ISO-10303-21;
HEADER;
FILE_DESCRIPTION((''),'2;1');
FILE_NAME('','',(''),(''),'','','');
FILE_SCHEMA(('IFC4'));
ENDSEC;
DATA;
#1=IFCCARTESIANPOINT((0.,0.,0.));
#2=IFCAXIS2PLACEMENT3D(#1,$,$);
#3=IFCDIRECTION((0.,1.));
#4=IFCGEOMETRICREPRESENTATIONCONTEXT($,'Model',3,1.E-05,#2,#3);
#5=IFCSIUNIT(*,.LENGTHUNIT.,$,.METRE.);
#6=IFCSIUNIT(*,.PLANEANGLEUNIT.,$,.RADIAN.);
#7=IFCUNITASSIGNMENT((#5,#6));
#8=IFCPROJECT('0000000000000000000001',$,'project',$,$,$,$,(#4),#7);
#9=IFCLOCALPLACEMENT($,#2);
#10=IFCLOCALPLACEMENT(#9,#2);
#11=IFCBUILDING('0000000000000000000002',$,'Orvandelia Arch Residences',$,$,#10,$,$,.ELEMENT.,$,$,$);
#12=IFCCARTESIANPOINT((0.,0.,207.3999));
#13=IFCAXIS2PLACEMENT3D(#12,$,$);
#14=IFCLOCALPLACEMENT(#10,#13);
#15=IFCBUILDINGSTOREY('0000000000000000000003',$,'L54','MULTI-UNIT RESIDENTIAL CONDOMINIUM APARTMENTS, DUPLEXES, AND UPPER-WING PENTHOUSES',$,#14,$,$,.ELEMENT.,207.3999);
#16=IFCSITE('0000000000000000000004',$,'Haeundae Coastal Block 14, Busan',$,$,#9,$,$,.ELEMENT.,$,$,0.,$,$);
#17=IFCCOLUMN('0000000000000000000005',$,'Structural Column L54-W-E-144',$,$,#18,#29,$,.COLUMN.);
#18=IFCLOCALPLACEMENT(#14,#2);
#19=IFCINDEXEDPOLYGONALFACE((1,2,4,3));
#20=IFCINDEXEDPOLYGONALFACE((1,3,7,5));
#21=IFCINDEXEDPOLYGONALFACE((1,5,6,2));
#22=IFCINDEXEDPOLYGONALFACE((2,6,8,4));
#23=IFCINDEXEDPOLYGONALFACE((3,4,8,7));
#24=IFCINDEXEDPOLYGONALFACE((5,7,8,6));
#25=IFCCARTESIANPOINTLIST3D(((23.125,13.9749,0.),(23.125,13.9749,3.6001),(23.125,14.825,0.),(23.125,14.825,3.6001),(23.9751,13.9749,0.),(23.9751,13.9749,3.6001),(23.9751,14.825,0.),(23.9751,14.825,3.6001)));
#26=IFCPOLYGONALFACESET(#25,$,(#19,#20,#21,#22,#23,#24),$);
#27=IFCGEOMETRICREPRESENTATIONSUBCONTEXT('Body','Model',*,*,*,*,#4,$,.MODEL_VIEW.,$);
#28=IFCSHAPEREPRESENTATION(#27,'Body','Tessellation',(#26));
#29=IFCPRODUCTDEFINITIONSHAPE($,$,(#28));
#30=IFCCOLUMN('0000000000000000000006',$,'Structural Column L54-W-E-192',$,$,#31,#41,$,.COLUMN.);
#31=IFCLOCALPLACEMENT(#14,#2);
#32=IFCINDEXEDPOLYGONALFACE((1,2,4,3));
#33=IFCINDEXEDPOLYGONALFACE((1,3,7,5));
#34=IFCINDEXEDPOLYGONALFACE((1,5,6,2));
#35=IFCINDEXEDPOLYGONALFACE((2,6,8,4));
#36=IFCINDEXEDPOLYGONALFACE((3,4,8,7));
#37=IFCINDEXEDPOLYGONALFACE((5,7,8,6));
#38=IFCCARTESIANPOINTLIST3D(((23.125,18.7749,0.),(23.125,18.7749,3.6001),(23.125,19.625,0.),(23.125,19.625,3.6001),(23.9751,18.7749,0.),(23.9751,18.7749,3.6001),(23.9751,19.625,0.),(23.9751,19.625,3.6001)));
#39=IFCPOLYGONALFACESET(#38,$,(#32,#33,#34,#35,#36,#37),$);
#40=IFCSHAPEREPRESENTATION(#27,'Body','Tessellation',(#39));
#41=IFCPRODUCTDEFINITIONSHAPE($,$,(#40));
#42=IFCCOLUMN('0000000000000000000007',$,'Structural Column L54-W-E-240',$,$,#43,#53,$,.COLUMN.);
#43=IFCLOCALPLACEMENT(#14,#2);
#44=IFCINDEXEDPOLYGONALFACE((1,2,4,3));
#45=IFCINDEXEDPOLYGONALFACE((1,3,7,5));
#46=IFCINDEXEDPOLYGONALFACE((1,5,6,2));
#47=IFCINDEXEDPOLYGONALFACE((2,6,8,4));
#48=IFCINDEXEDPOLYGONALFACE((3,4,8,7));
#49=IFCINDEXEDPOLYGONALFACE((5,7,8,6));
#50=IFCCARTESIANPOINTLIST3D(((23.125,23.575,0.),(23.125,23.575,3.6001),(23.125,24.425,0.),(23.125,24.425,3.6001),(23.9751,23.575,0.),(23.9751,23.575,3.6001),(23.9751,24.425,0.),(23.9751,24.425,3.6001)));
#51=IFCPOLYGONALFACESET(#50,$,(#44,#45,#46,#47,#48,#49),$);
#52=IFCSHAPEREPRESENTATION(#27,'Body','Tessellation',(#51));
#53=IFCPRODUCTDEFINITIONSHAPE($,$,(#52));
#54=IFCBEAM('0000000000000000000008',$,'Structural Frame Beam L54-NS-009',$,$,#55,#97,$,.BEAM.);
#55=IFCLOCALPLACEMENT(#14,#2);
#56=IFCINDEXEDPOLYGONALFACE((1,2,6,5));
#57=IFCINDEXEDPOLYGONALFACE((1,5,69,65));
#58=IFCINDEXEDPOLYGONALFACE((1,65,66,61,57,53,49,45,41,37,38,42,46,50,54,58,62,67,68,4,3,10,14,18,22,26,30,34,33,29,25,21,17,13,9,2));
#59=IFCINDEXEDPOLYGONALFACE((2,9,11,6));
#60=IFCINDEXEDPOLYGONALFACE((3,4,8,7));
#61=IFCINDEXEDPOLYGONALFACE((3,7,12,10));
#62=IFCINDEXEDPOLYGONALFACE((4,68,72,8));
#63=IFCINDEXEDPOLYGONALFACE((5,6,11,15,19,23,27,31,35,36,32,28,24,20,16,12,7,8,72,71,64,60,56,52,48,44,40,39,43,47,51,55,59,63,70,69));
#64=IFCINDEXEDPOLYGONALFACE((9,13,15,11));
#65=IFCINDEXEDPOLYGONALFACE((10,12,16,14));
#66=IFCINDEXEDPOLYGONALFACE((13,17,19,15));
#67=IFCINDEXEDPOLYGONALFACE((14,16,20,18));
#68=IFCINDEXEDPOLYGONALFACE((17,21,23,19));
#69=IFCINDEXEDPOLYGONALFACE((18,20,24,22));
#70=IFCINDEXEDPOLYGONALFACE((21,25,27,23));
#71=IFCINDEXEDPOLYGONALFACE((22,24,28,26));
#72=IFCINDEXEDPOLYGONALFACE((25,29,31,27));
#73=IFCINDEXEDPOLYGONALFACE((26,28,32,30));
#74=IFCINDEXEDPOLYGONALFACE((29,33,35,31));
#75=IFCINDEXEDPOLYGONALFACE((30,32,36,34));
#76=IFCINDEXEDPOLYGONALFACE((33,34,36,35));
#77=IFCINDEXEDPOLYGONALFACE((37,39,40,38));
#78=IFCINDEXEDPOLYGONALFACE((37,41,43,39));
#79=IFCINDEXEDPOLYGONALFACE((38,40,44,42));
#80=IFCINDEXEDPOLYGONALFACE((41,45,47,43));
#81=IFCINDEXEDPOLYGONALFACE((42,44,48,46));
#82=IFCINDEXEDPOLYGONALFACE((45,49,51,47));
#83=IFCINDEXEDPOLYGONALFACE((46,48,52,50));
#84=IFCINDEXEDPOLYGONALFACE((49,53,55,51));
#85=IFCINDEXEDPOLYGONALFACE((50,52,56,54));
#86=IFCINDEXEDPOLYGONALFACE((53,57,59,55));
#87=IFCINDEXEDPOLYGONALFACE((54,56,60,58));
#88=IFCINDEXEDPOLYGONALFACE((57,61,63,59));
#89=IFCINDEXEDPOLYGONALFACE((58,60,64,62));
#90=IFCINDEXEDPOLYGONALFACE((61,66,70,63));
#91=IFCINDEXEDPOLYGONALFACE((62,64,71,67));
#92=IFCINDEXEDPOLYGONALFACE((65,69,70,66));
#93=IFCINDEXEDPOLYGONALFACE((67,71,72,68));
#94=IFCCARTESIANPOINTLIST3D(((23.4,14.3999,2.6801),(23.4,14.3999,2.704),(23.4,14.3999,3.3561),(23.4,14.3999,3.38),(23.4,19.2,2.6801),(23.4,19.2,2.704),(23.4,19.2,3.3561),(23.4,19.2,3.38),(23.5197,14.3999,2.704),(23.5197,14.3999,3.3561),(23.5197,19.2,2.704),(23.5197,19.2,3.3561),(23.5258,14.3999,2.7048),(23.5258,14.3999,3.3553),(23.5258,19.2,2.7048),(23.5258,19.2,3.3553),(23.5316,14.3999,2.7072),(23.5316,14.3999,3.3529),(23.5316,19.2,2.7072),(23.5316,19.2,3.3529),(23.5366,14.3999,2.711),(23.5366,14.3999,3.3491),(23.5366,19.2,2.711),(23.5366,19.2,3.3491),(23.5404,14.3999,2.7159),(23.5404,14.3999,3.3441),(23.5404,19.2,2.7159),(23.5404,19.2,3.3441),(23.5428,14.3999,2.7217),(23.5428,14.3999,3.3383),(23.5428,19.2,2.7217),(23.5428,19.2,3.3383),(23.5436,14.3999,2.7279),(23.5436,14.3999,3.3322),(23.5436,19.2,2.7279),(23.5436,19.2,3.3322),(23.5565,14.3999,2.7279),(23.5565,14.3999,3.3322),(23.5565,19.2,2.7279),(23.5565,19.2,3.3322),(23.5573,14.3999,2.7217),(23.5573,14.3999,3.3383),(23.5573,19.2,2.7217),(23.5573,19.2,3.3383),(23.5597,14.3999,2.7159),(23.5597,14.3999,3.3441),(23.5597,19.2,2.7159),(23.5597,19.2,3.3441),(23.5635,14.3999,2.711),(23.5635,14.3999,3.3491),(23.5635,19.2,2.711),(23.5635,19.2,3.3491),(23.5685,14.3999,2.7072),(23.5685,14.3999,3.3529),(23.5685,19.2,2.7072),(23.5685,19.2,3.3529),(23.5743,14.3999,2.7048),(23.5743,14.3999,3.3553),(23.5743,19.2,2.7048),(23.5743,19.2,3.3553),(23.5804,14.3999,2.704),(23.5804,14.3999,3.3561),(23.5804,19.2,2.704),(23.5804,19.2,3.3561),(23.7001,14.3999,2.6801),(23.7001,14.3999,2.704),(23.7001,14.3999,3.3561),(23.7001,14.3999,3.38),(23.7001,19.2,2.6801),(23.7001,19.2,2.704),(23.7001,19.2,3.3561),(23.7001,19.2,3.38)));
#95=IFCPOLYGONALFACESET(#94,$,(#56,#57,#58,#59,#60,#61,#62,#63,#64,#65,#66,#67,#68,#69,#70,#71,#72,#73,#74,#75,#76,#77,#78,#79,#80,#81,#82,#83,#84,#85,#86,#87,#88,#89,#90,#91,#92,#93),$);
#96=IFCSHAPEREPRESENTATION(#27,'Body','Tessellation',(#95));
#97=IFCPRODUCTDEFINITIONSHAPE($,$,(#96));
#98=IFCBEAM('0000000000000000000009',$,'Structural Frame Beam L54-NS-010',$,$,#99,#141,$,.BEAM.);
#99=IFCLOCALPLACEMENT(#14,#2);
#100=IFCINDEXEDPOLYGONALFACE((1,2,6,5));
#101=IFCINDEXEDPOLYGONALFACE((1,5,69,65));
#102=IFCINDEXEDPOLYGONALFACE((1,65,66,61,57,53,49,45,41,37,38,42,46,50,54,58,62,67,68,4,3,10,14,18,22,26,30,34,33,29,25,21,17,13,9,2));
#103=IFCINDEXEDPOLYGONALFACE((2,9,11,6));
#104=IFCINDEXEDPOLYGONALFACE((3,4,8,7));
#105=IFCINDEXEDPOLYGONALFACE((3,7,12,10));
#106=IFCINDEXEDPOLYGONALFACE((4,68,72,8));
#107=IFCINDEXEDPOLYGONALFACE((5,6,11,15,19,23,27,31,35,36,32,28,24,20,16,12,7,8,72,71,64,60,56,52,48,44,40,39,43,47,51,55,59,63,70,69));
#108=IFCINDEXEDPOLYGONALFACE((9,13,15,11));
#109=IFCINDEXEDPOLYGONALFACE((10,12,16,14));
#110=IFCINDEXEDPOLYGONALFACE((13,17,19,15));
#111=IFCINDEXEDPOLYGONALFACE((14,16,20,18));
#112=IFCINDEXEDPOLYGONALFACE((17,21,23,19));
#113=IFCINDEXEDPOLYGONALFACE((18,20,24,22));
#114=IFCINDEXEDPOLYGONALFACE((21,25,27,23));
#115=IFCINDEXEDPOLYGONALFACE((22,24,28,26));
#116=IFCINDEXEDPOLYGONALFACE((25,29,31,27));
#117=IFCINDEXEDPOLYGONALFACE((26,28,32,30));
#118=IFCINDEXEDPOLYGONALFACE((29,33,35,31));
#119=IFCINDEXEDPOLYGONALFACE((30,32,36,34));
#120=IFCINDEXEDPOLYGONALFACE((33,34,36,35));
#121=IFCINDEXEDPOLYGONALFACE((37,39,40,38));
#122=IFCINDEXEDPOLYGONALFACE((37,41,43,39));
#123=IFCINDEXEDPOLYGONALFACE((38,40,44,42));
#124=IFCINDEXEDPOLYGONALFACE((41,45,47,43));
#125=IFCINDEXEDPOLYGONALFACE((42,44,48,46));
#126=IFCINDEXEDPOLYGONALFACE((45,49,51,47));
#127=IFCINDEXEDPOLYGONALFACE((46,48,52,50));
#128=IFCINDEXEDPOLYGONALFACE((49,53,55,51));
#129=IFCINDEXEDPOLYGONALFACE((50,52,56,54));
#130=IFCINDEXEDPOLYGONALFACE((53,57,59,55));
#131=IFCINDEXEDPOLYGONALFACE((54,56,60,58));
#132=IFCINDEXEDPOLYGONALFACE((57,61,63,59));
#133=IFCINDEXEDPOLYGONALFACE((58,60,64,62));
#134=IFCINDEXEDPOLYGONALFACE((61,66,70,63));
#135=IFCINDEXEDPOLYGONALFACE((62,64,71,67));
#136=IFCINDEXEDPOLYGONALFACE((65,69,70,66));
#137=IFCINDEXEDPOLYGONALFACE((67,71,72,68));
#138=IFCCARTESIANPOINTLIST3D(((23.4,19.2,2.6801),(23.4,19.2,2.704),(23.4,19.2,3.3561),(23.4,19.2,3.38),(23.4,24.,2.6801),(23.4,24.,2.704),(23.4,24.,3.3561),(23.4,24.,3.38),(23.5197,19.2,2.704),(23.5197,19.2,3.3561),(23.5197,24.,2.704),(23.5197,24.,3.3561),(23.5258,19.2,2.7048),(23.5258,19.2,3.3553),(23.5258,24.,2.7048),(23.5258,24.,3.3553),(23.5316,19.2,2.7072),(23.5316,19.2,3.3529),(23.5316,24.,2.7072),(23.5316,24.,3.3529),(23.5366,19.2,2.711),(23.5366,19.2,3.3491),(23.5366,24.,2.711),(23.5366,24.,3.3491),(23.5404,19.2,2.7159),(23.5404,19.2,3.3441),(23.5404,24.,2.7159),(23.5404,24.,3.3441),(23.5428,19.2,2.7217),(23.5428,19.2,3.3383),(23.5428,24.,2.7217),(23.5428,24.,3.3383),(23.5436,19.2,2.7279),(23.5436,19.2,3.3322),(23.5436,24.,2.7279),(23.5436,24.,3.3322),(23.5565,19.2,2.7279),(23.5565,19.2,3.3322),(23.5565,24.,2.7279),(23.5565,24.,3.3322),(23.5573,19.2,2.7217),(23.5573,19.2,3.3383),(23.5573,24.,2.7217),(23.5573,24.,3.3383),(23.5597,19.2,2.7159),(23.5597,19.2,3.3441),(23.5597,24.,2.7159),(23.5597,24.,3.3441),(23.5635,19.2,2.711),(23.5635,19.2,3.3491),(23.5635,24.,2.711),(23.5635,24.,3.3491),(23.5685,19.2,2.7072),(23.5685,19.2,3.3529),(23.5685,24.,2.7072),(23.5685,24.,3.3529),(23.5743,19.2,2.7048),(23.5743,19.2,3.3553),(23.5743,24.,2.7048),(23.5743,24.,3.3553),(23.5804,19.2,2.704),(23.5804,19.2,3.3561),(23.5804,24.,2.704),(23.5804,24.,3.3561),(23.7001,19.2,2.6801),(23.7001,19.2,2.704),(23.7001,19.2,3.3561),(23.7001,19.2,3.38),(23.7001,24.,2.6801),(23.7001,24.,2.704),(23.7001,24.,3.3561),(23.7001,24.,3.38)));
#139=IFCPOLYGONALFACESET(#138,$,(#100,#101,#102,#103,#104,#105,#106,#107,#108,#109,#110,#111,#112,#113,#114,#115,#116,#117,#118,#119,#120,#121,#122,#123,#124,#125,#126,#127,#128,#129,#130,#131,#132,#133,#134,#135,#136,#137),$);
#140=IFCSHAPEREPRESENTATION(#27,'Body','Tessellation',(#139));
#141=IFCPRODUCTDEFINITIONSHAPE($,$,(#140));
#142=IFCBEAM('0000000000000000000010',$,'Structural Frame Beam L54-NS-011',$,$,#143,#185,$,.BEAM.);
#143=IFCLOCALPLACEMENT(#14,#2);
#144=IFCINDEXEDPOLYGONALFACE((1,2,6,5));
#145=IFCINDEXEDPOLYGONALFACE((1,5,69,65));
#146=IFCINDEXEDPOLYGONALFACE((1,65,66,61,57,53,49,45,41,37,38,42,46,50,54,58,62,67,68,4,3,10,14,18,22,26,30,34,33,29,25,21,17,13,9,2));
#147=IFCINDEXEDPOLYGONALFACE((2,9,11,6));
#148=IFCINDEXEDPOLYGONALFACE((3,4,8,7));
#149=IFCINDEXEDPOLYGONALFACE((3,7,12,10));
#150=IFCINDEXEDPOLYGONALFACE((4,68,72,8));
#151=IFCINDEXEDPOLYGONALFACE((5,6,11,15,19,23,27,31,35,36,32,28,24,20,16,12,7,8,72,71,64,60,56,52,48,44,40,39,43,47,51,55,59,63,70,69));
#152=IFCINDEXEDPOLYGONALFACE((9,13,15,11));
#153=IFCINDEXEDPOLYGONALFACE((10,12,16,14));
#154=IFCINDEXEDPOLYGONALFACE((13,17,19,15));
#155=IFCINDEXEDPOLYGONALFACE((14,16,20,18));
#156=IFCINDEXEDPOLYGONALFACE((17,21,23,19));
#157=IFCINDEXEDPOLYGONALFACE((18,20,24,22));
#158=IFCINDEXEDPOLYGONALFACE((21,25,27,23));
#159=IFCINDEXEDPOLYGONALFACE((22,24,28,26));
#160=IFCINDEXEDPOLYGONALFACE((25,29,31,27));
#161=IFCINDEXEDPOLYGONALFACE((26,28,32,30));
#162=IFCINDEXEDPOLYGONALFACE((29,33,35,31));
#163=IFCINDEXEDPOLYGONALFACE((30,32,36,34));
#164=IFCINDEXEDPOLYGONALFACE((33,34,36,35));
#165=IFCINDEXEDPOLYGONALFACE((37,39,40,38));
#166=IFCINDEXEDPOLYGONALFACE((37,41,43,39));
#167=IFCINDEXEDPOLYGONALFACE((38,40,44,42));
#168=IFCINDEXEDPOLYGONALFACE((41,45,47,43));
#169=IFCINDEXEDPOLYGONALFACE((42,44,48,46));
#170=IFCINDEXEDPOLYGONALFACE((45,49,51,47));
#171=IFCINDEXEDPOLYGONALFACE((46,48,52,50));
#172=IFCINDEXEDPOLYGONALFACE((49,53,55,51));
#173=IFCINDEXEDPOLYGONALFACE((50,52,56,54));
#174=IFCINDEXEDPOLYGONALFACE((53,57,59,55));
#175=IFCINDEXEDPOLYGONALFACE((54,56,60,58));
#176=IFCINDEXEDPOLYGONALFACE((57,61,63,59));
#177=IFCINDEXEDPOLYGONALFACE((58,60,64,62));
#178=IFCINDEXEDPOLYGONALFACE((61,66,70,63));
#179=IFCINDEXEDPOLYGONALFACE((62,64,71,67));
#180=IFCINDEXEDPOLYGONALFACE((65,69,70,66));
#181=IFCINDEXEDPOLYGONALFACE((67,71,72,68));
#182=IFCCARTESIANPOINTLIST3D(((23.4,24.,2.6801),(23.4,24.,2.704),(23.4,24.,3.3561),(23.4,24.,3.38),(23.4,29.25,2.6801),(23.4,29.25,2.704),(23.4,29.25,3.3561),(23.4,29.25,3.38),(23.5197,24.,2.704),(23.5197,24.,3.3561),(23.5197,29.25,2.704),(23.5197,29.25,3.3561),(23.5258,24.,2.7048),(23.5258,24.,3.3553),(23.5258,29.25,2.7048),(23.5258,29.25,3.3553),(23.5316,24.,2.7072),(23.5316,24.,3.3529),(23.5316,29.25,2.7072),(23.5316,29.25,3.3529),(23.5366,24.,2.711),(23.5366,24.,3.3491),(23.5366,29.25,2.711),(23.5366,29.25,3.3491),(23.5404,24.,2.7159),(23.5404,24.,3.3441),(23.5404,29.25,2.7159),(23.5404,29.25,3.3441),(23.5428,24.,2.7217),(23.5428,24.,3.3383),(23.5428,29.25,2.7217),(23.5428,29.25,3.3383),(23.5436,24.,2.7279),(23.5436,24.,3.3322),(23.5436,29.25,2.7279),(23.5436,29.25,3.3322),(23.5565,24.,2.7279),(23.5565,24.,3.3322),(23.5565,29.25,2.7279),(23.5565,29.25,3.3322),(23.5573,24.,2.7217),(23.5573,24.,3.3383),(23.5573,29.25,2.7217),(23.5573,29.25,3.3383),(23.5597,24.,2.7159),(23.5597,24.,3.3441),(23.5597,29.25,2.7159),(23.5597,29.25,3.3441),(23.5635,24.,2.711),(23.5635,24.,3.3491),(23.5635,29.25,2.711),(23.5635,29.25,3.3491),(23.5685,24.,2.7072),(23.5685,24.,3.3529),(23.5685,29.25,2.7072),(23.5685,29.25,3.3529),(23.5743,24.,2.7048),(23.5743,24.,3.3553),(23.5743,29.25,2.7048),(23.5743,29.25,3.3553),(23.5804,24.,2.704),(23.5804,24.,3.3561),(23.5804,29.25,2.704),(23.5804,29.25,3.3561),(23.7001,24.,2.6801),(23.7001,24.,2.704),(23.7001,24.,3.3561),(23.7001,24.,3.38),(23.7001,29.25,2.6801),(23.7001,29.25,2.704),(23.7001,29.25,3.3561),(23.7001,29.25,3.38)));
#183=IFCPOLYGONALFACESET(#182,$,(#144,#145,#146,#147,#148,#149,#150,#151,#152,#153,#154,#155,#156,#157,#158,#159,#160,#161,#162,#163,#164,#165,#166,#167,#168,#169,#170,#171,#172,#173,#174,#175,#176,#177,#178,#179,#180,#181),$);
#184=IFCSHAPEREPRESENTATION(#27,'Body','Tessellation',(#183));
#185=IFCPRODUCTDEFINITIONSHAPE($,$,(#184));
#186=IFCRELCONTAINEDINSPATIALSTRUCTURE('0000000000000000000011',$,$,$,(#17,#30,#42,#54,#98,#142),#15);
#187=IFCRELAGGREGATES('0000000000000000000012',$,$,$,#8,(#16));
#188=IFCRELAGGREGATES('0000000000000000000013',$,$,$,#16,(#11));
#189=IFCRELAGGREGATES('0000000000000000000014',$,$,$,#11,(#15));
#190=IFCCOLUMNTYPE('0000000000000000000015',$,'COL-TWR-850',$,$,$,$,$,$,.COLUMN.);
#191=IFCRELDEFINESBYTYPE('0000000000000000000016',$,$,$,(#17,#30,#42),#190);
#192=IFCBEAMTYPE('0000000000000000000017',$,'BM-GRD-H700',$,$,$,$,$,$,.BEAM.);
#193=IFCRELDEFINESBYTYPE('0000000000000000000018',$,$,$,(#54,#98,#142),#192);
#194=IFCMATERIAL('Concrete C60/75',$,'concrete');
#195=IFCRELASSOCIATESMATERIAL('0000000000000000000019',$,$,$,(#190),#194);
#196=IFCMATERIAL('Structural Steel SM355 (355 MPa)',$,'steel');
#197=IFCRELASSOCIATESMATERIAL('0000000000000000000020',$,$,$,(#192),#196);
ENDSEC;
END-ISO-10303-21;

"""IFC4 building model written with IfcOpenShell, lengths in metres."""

from ifc_helpers import new_model, si_unit, direction, frame, origin, origin_2d, place, context, subcontext, project, spatial, rectangle, i_section, extrude, material, material_profile, profile_set, type_object, element, save


model = new_model("IFC4")

# Units and contexts
model_context = context("Model", 3, precision=1e-05, world=origin(), true_north=direction((0.0, 1.0)))
body_context = subcontext(model_context, "Body", "Model", "MODEL_VIEW")
ifc_project = project(units=[si_unit("LENGTHUNIT", "METRE"), si_unit("PLANEANGLEUNIT", "RADIAN")], contexts=[model_context])

# Site, building, storey
site_placement = place(None, origin())
site = spatial("IfcSite", under=ifc_project, at=site_placement, Name="Haeundae Coastal Block 14, Busan", CompositionType="ELEMENT", RefElevation=0.0)
building_placement = place(site_placement, origin())
building = spatial("IfcBuilding", under=site, at=building_placement, Name="Orvandelia Arch Residences", CompositionType="ELEMENT")
storey_placement = place(building_placement, frame((0.0, 0.0, 207.3999)))
storey = spatial("IfcBuildingStorey", under=building, at=storey_placement, Name="L54", Description="MULTI-UNIT RESIDENTIAL CONDOMINIUM APARTMENTS, DUPLEXES, AND UPPER-WING PENTHOUSES", CompositionType="ELEMENT", Elevation=207.3999)

# Columns
ifc_material_1 = material(Name="Concrete C60/75", Category="concrete")
ifc_material_profile_1 = material_profile(ifc_material_1, rectangle(XDim=0.8501, YDim=0.8501, at=origin_2d()), Name="Concrete C60/75", Category="concrete")
ifc_profile_set_1 = profile_set([ifc_material_profile_1], Name="Concrete C60/75")
column_type = type_object("IfcColumnType", Name="COL-TWR-850", PredefinedType="COLUMN", material=ifc_profile_set_1)
for number, where, z_axis, x_axis, name in (
    (1, (23.55, 14.3999, 0.0), (0.0, 0.0, 1.0), (1.0, 0.0, 0.0), "Structural Column L54-W-E-144"),
    (2, (23.55, 19.2, 0.0), (0.0, 0.0, 1.0), (1.0, 0.0, 0.0), "Structural Column L54-W-E-192"),
    (3, (23.55, 24.0, 0.0), (0.0, 0.0, 1.0), (1.0, 0.0, 0.0), "Structural Column L54-W-E-240"),
):
    element("IfcColumn", number, at=place(storey_placement, frame(where, z_axis=z_axis, x_axis=x_axis)), inside=storey, type_object=column_type, Name=name, PredefinedType="COLUMN", context=body_context, shape_type="SweptSolid", body=[
        extrude(rectangle(XDim=0.8501, YDim=0.8501, at=origin_2d()), origin(), (0.0, 0.0, 1.0), 3.6001),
    ])

# Beams
ifc_material_2 = material(Name="Structural Steel SM355 (355 MPa)", Category="steel")
ifc_material_profile_2 = material_profile(ifc_material_2, i_section(OverallWidth=0.3, OverallDepth=0.7, WebThickness=0.0129, FlangeThickness=0.0239, FilletRadius=0.0239, at=origin_2d()), Name="Structural Steel SM355 (355 MPa)", Category="steel")
ifc_profile_set_2 = profile_set([ifc_material_profile_2], Name="Structural Steel SM355 (355 MPa)")
beam_type = type_object("IfcBeamType", Name="BM-GRD-H700", PredefinedType="BEAM", material=ifc_profile_set_2)
for number, where, z_axis, x_axis, name in (
    (4, (23.55, 14.3999, 3.03), (0.0, 1.0, 0.0), (-1.0, 0.0, 0.0), "Structural Frame Beam L54-NS-009"),
    (5, (23.55, 19.2, 3.03), (0.0, 1.0, 0.0), (-1.0, 0.0, 0.0), "Structural Frame Beam L54-NS-010"),
):
    element("IfcBeam", number, at=place(storey_placement, frame(where, z_axis=z_axis, x_axis=x_axis)), inside=storey, type_object=beam_type, Name=name, PredefinedType="BEAM", context=body_context, shape_type="SweptSolid", body=[
        extrude(i_section(OverallWidth=0.3, OverallDepth=0.7, WebThickness=0.0129, FlangeThickness=0.0239, FilletRadius=0.0239, at=origin_2d()), origin(), (0.0, 0.0, 1.0), 4.8),
    ])
beam_placement = place(storey_placement, frame((23.55, 24.0, 3.03), z_axis=(0.0, 1.0, 0.0), x_axis=(-1.0, 0.0, 0.0)))
element("IfcBeam", 6, at=beam_placement, inside=storey, type_object=beam_type, Name="Structural Frame Beam L54-NS-011", PredefinedType="BEAM", context=body_context, shape_type="SweptSolid", body=[
    extrude(i_section(OverallWidth=0.3, OverallDepth=0.7, WebThickness=0.0129, FlangeThickness=0.0239, FilletRadius=0.0239, at=origin_2d()), origin(), (0.0, 0.0, 1.0), 5.25),
])

save(model, "model.ifc")
